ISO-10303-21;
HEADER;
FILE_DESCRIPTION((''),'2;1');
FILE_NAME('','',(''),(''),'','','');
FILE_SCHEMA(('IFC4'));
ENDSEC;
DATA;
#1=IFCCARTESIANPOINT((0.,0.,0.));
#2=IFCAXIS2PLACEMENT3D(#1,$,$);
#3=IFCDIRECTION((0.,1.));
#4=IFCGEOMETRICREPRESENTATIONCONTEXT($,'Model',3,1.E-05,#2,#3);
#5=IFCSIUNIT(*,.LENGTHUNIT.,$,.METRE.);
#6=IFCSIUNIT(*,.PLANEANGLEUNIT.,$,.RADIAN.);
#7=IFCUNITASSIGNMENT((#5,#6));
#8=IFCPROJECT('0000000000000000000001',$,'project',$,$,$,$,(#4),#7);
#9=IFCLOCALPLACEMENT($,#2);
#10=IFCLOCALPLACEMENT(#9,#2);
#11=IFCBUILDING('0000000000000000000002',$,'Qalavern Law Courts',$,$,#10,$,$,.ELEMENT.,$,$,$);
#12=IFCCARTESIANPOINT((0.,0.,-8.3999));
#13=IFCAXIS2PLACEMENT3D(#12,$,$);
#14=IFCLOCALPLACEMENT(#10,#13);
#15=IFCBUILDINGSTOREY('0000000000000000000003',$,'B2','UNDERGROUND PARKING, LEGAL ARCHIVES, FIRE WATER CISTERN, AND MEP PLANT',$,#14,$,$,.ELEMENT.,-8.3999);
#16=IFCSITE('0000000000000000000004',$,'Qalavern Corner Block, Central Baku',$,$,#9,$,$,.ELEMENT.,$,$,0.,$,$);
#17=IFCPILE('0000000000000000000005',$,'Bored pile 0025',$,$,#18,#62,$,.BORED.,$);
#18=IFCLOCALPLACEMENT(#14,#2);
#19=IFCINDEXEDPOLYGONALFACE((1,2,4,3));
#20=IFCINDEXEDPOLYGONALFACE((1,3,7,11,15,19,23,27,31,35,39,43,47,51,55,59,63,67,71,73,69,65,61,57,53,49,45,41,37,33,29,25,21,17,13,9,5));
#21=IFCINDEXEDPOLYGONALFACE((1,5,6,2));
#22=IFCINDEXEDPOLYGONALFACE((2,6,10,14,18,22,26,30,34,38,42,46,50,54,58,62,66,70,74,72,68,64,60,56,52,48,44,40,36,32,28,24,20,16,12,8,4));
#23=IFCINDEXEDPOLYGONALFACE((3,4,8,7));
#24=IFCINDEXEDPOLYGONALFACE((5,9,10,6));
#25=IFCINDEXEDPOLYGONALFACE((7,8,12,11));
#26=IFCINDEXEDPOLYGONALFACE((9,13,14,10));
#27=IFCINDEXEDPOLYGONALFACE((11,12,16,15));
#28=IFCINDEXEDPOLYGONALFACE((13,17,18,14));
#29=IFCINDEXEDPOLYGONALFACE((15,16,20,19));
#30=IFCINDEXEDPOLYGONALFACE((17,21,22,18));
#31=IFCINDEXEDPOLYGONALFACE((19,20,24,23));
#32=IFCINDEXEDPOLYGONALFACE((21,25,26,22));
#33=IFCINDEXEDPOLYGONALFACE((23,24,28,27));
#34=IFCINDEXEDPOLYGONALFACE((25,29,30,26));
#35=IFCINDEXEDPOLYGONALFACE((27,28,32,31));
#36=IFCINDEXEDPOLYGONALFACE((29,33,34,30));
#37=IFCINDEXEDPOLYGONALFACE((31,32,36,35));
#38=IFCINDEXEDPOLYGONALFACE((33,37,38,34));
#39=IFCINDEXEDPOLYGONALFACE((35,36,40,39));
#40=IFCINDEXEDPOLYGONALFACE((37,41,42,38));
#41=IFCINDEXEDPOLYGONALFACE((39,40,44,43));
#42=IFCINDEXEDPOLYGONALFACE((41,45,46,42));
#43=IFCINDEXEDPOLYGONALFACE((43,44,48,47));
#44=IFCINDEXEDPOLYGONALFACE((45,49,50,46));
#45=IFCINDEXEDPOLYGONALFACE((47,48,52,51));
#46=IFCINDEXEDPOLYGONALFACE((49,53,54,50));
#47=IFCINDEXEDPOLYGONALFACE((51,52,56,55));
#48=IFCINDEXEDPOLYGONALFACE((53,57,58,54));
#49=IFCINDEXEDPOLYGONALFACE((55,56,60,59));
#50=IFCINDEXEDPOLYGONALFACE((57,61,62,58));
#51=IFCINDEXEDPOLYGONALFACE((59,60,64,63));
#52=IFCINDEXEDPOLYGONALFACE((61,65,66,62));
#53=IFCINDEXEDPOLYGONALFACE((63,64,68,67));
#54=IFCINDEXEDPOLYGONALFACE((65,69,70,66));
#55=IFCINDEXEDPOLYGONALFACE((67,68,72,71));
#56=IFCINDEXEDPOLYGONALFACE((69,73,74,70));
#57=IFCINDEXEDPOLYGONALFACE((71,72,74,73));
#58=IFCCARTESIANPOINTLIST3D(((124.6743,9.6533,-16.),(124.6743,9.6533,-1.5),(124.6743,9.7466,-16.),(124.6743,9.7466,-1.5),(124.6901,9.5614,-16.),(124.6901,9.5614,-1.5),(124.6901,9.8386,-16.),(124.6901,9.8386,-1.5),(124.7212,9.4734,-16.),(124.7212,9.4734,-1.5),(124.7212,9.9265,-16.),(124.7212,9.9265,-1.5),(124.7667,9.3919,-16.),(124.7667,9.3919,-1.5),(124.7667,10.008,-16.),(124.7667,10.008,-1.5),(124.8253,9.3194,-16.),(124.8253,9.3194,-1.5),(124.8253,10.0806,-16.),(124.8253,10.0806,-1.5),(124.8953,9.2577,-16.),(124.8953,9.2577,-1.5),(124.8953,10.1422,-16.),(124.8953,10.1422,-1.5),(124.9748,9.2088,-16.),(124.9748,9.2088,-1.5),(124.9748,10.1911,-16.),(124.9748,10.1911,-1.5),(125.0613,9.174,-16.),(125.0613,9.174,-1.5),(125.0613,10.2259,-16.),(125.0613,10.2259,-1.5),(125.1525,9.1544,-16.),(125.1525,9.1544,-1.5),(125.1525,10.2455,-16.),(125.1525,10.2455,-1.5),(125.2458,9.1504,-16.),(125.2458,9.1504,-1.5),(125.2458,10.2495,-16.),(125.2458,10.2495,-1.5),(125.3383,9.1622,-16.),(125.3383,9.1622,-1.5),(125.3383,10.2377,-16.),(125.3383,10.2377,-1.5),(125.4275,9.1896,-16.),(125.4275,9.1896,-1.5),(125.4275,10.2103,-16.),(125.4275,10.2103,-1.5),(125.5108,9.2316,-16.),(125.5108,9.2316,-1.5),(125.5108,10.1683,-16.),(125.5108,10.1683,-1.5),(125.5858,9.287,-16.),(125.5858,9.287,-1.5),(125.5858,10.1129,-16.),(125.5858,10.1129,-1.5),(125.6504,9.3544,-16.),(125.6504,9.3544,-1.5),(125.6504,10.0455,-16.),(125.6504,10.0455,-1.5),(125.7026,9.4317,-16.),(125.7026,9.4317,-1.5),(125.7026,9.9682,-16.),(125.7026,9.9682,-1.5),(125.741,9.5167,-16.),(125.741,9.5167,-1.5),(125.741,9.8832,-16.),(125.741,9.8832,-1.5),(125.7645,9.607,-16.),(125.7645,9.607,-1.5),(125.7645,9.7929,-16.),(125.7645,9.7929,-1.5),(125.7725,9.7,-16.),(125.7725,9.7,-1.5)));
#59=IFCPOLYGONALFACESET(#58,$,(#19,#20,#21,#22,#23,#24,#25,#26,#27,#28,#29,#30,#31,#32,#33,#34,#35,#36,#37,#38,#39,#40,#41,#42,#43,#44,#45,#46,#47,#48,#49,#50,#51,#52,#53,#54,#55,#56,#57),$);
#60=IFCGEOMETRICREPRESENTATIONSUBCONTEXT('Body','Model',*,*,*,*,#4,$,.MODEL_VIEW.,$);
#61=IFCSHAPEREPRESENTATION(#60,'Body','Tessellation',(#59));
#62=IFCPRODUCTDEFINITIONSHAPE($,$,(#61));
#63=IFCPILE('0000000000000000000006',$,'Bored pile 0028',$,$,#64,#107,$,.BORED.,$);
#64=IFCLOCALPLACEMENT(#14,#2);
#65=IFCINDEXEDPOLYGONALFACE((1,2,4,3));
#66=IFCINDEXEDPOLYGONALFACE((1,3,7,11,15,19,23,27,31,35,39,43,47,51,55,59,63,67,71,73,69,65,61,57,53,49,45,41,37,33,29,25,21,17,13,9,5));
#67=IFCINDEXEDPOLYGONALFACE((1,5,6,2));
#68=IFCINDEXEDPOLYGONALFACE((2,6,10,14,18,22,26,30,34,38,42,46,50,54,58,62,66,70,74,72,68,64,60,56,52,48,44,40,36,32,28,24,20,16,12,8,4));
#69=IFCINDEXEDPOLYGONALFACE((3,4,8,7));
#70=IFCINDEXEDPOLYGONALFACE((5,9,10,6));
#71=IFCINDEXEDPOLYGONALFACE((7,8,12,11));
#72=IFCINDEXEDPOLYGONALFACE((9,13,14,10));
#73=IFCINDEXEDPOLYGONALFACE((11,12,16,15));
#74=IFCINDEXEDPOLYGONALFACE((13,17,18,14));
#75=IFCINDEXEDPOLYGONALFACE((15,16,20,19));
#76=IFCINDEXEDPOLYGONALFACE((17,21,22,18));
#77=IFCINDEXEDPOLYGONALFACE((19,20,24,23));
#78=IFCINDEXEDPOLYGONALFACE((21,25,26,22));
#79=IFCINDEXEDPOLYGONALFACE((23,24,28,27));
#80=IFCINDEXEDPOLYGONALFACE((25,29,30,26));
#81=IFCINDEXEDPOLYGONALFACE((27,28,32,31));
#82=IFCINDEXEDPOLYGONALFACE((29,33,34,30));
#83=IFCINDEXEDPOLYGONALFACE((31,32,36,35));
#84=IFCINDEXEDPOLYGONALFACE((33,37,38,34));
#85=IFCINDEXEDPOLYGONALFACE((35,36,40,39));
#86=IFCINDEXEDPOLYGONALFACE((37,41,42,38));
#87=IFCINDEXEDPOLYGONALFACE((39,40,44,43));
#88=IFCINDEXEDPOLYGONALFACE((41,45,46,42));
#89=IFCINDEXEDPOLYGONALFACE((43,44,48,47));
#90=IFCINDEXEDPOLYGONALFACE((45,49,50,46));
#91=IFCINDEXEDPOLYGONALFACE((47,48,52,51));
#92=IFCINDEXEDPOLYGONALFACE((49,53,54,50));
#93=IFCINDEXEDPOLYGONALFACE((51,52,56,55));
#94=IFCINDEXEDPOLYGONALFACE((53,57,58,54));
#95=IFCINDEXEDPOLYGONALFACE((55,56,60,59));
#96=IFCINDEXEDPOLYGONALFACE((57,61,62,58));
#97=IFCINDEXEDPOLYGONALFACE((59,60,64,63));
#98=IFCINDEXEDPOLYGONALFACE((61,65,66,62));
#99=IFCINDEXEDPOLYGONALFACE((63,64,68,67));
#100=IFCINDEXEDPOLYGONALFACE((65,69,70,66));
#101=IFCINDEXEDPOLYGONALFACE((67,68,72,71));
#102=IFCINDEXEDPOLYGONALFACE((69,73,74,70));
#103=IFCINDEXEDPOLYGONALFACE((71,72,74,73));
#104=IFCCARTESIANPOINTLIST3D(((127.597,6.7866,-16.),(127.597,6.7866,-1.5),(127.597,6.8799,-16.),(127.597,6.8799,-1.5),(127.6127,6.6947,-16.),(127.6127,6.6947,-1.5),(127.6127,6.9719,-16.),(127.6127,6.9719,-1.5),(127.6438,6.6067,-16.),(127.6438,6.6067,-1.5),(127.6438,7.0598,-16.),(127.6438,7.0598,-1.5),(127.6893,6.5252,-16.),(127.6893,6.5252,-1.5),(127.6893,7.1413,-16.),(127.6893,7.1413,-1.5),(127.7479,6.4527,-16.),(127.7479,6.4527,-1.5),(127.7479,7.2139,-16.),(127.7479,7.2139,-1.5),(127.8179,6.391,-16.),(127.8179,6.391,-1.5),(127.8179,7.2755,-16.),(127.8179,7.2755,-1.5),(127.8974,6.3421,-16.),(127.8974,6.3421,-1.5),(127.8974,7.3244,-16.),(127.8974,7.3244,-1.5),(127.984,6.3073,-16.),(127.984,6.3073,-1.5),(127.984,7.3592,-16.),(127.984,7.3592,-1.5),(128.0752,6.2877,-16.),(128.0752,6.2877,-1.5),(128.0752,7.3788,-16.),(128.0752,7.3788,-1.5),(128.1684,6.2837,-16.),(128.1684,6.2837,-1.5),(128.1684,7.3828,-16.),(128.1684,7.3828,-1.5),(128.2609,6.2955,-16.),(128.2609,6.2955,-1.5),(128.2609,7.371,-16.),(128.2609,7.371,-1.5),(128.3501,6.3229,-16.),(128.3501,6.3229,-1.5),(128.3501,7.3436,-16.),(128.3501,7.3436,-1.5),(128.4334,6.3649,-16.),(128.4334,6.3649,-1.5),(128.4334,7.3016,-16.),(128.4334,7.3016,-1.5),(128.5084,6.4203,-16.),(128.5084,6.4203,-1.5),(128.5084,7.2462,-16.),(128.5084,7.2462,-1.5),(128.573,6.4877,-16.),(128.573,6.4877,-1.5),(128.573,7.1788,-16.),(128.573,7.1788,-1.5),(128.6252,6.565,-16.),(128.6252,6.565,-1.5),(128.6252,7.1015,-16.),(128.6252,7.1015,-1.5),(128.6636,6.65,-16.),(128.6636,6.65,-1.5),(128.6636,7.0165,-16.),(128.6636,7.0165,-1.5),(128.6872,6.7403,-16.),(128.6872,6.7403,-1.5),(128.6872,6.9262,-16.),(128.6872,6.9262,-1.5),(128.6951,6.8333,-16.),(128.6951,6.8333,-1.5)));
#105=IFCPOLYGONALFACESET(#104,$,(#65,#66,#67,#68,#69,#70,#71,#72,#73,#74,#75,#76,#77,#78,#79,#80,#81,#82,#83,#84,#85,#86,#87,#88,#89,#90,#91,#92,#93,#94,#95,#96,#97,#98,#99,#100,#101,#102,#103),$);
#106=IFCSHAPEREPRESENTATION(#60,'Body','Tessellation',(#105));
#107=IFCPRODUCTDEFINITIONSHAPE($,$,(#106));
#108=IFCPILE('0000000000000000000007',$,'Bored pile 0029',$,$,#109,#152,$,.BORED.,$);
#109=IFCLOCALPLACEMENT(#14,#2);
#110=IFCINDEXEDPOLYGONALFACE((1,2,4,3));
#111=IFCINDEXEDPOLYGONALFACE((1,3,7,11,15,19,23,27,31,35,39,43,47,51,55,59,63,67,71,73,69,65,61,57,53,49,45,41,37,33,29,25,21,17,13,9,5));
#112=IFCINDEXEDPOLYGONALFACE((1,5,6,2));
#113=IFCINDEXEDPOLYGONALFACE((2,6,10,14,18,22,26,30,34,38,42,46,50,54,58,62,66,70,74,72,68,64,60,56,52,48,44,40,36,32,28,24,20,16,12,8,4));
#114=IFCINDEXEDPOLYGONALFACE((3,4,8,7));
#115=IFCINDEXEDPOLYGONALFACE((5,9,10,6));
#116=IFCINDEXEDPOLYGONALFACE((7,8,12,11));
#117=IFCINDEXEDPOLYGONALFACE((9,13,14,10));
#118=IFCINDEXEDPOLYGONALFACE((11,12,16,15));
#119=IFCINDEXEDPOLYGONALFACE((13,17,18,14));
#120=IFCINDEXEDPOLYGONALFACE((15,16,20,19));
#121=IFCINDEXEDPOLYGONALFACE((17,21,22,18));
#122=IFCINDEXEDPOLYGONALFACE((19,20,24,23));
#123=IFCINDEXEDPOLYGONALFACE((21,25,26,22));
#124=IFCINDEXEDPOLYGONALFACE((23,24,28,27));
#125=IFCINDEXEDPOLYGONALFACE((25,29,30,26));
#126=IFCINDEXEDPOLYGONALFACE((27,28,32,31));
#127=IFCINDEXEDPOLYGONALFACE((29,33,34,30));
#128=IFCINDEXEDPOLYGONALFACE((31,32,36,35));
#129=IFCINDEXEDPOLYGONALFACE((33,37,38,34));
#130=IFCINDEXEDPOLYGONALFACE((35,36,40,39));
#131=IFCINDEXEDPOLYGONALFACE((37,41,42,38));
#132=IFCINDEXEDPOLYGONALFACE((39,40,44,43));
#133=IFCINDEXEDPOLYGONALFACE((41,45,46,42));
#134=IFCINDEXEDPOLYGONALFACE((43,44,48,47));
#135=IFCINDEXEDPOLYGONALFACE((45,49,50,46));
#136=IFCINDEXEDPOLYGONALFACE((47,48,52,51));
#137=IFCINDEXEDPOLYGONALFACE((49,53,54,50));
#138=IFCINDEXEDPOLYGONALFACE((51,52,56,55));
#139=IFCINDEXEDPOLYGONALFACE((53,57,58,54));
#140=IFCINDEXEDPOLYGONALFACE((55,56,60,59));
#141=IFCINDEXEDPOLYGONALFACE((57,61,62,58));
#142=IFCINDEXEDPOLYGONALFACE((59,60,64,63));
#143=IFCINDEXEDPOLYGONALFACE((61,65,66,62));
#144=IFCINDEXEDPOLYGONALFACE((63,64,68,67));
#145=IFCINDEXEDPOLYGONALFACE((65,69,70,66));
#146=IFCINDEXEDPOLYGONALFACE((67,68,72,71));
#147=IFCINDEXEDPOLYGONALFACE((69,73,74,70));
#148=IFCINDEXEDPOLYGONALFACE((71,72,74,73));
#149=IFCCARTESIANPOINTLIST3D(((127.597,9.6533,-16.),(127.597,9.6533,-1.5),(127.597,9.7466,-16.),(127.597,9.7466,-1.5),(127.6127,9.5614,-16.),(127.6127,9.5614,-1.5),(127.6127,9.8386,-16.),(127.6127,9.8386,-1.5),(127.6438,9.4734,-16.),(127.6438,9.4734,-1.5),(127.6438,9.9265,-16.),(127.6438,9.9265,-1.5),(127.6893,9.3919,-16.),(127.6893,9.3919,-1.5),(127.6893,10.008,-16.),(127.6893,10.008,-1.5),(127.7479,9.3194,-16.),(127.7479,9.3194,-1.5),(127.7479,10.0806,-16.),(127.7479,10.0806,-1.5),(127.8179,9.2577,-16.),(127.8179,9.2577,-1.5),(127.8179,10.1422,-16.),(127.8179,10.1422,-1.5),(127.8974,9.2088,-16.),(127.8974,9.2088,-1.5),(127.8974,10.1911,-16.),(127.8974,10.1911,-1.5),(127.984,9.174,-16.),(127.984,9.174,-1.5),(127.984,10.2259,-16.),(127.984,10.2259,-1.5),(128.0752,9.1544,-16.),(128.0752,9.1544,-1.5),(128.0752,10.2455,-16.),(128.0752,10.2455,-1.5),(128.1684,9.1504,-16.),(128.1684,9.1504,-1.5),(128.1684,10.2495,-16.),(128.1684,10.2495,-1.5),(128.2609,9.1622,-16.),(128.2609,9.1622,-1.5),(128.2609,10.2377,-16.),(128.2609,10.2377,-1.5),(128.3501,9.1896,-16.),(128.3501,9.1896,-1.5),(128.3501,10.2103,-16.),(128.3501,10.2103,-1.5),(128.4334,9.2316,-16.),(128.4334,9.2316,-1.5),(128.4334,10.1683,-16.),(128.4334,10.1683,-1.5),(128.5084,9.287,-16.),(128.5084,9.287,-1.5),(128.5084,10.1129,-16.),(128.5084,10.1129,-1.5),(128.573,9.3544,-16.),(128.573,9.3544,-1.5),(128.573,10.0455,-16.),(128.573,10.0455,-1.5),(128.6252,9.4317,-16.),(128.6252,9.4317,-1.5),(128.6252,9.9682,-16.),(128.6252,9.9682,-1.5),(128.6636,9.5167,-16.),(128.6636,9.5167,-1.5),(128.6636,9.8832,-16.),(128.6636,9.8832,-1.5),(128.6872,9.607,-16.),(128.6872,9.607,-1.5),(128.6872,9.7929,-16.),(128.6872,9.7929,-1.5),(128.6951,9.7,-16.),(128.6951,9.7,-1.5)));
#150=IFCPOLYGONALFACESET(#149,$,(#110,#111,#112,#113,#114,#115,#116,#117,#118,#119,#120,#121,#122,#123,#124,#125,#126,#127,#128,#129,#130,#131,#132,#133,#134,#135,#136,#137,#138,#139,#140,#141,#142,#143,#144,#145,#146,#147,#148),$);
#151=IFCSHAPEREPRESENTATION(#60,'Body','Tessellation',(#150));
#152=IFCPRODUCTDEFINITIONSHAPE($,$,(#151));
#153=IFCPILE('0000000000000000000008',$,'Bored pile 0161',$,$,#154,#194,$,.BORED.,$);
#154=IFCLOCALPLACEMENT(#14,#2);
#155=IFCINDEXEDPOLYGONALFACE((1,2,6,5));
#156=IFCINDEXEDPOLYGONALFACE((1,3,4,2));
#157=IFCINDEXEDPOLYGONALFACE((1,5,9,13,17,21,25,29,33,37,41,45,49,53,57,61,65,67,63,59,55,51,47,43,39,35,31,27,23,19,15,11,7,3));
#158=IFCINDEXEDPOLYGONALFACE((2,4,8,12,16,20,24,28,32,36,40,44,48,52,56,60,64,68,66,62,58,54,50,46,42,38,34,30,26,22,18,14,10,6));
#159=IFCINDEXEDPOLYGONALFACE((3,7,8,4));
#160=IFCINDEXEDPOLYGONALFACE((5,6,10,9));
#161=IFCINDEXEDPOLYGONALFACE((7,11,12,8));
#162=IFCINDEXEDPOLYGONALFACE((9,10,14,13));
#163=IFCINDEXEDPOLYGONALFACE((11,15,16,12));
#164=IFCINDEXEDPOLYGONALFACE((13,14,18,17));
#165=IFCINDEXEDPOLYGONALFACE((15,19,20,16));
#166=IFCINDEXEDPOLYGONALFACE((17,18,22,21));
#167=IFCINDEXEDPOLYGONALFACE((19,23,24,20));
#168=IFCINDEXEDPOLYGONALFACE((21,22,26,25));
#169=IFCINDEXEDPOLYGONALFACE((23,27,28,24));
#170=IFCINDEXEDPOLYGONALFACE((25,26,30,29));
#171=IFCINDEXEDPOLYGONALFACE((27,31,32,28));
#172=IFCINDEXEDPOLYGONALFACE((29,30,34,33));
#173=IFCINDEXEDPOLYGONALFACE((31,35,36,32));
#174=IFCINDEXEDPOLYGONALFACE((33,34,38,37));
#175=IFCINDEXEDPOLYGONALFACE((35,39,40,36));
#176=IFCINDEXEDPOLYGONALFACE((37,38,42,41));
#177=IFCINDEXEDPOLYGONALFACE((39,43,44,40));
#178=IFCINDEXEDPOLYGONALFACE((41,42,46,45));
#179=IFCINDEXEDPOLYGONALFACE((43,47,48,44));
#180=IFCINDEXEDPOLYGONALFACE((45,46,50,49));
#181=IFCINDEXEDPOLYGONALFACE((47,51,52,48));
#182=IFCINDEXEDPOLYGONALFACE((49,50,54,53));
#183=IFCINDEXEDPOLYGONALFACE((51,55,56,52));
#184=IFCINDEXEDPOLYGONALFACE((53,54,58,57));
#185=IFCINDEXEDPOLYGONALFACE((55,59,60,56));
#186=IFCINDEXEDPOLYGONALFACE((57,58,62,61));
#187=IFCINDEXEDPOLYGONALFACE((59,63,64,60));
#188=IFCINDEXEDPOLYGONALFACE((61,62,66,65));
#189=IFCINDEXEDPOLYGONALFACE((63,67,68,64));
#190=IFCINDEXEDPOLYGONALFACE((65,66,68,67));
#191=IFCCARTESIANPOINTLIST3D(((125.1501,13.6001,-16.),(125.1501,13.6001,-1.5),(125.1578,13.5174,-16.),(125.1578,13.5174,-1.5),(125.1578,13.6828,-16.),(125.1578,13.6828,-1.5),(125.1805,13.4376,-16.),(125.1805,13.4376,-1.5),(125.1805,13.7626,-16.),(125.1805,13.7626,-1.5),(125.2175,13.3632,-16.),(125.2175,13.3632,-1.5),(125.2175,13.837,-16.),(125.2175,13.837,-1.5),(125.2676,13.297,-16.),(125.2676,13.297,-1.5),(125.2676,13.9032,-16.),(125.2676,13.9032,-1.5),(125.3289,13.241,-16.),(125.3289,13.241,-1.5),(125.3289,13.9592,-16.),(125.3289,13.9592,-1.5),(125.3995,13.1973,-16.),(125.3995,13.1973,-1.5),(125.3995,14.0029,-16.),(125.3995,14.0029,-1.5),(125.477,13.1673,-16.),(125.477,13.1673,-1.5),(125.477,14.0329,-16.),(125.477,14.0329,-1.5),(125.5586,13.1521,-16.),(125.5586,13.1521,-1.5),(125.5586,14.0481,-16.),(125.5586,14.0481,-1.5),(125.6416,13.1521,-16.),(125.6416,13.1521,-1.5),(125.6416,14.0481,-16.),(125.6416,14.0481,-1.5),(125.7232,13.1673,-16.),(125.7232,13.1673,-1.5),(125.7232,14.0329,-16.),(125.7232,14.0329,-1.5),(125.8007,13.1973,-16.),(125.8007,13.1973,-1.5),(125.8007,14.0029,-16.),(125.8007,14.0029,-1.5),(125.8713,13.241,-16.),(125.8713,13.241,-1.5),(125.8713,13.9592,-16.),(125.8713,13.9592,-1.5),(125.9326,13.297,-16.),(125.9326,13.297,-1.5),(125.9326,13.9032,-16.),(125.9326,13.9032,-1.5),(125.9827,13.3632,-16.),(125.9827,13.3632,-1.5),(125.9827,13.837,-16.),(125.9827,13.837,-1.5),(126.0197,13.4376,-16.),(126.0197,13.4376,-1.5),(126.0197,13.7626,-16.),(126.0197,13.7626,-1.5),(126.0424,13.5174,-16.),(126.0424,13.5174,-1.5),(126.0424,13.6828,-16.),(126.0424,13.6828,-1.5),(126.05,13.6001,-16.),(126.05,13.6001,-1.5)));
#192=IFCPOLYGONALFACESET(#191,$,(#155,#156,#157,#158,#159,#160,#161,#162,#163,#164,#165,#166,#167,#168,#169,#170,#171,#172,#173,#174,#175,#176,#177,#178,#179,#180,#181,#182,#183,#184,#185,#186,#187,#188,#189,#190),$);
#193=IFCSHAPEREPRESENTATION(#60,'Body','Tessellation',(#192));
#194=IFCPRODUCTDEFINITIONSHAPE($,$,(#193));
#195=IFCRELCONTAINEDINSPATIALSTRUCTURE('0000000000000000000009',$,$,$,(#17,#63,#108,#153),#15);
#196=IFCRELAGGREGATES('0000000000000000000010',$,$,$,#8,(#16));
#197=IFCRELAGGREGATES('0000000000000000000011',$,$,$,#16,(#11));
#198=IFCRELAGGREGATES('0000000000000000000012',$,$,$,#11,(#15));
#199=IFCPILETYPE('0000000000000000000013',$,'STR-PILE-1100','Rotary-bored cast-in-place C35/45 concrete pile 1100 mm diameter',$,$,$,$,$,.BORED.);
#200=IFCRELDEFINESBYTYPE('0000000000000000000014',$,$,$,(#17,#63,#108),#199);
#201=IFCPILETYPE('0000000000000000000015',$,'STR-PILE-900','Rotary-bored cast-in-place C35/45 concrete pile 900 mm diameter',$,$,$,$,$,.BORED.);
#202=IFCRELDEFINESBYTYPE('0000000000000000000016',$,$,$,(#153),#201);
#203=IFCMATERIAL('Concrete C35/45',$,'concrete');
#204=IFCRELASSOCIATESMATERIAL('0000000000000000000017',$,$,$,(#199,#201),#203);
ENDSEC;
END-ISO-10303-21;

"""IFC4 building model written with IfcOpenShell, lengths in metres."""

from ifc_helpers import new_model, si_unit, direction, frame, origin, origin_2d, place, context, subcontext, project, spatial, circle, extrude, material, material_profile, profile_set, type_object, element, save


model = new_model("IFC4")

# Units and contexts
model_context = context("Model", 3, precision=1e-05, world=origin(), true_north=direction((0.0, 1.0)))
body_context = subcontext(model_context, "Body", "Model", "MODEL_VIEW")
ifc_project = project(units=[si_unit("LENGTHUNIT", "METRE"), si_unit("PLANEANGLEUNIT", "RADIAN")], contexts=[model_context])

# Site, building, storey
site_placement = place(None, origin())
site = spatial("IfcSite", under=ifc_project, at=site_placement, Name="Qalavern Corner Block, Central Baku", CompositionType="ELEMENT", RefElevation=0.0)
building_placement = place(site_placement, origin())
building = spatial("IfcBuilding", under=site, at=building_placement, Name="Qalavern Law Courts", CompositionType="ELEMENT")
storey_placement = place(building_placement, frame((0.0, 0.0, -8.3999)))
storey = spatial("IfcBuildingStorey", under=building, at=storey_placement, Name="B2", Description="UNDERGROUND PARKING, LEGAL ARCHIVES, FIRE WATER CISTERN, AND MEP PLANT", CompositionType="ELEMENT", Elevation=-8.3999)

# Shared definitions
ifc_material_1 = material(Name="Concrete C35/45", Category="concrete")

# Piles
ifc_material_profile_1 = material_profile(ifc_material_1, circle(Radius=0.55, at=origin_2d()), Name="BORED PILE 1100")
ifc_profile_set_1 = profile_set([ifc_material_profile_1], Name="Concrete C35/45")
pile_type_1 = type_object("IfcPileType", Name="STR-PILE-1100", Description="Rotary-bored cast-in-place C35/45 concrete pile 1100 mm diameter", PredefinedType="BORED", material=ifc_profile_set_1)
for number, where, z_axis, x_axis, name in (
    (1, (125.2224, 9.7, -1.5), (0.0, 0.0, -1.0), (1.0, 0.0, 0.0), "Bored pile 0025"),
    (2, (128.145, 6.8333, -1.5), (0.0, 0.0, -1.0), (1.0, 0.0, 0.0), "Bored pile 0028"),
    (3, (128.145, 9.7, -1.5), (0.0, 0.0, -1.0), (1.0, 0.0, 0.0), "Bored pile 0029"),
):
    element("IfcPile", number, at=place(storey_placement, frame(where, z_axis=z_axis, x_axis=x_axis)), inside=storey, type_object=pile_type_1, Name=name, PredefinedType="BORED", context=body_context, shape_type="SweptSolid", body=[
        extrude(circle(Radius=0.55, at=origin_2d()), origin(), (0.0, 0.0, 1.0), 14.5),
    ])
ifc_material_profile_2 = material_profile(ifc_material_1, circle(Radius=0.45, at=origin_2d()), Name="BORED PILE 900")
ifc_profile_set_2 = profile_set([ifc_material_profile_2], Name="Concrete C35/45")
pile_type_2 = type_object("IfcPileType", Name="STR-PILE-900", Description="Rotary-bored cast-in-place C35/45 concrete pile 900 mm diameter", PredefinedType="BORED", material=ifc_profile_set_2)
for number, where, z_axis, x_axis, name in (
    (4, (125.6001, 13.6001, -1.5), (0.0, 0.0, -1.0), (1.0, 0.0, 0.0), "Bored pile 0161"),
):
    element("IfcPile", number, at=place(storey_placement, frame(where, z_axis=z_axis, x_axis=x_axis)), inside=storey, type_object=pile_type_2, Name=name, PredefinedType="BORED", context=body_context, shape_type="SweptSolid", body=[
        extrude(circle(Radius=0.45, at=origin_2d()), origin(), (0.0, 0.0, 1.0), 14.5),
    ])

save(model, "model.ifc")
